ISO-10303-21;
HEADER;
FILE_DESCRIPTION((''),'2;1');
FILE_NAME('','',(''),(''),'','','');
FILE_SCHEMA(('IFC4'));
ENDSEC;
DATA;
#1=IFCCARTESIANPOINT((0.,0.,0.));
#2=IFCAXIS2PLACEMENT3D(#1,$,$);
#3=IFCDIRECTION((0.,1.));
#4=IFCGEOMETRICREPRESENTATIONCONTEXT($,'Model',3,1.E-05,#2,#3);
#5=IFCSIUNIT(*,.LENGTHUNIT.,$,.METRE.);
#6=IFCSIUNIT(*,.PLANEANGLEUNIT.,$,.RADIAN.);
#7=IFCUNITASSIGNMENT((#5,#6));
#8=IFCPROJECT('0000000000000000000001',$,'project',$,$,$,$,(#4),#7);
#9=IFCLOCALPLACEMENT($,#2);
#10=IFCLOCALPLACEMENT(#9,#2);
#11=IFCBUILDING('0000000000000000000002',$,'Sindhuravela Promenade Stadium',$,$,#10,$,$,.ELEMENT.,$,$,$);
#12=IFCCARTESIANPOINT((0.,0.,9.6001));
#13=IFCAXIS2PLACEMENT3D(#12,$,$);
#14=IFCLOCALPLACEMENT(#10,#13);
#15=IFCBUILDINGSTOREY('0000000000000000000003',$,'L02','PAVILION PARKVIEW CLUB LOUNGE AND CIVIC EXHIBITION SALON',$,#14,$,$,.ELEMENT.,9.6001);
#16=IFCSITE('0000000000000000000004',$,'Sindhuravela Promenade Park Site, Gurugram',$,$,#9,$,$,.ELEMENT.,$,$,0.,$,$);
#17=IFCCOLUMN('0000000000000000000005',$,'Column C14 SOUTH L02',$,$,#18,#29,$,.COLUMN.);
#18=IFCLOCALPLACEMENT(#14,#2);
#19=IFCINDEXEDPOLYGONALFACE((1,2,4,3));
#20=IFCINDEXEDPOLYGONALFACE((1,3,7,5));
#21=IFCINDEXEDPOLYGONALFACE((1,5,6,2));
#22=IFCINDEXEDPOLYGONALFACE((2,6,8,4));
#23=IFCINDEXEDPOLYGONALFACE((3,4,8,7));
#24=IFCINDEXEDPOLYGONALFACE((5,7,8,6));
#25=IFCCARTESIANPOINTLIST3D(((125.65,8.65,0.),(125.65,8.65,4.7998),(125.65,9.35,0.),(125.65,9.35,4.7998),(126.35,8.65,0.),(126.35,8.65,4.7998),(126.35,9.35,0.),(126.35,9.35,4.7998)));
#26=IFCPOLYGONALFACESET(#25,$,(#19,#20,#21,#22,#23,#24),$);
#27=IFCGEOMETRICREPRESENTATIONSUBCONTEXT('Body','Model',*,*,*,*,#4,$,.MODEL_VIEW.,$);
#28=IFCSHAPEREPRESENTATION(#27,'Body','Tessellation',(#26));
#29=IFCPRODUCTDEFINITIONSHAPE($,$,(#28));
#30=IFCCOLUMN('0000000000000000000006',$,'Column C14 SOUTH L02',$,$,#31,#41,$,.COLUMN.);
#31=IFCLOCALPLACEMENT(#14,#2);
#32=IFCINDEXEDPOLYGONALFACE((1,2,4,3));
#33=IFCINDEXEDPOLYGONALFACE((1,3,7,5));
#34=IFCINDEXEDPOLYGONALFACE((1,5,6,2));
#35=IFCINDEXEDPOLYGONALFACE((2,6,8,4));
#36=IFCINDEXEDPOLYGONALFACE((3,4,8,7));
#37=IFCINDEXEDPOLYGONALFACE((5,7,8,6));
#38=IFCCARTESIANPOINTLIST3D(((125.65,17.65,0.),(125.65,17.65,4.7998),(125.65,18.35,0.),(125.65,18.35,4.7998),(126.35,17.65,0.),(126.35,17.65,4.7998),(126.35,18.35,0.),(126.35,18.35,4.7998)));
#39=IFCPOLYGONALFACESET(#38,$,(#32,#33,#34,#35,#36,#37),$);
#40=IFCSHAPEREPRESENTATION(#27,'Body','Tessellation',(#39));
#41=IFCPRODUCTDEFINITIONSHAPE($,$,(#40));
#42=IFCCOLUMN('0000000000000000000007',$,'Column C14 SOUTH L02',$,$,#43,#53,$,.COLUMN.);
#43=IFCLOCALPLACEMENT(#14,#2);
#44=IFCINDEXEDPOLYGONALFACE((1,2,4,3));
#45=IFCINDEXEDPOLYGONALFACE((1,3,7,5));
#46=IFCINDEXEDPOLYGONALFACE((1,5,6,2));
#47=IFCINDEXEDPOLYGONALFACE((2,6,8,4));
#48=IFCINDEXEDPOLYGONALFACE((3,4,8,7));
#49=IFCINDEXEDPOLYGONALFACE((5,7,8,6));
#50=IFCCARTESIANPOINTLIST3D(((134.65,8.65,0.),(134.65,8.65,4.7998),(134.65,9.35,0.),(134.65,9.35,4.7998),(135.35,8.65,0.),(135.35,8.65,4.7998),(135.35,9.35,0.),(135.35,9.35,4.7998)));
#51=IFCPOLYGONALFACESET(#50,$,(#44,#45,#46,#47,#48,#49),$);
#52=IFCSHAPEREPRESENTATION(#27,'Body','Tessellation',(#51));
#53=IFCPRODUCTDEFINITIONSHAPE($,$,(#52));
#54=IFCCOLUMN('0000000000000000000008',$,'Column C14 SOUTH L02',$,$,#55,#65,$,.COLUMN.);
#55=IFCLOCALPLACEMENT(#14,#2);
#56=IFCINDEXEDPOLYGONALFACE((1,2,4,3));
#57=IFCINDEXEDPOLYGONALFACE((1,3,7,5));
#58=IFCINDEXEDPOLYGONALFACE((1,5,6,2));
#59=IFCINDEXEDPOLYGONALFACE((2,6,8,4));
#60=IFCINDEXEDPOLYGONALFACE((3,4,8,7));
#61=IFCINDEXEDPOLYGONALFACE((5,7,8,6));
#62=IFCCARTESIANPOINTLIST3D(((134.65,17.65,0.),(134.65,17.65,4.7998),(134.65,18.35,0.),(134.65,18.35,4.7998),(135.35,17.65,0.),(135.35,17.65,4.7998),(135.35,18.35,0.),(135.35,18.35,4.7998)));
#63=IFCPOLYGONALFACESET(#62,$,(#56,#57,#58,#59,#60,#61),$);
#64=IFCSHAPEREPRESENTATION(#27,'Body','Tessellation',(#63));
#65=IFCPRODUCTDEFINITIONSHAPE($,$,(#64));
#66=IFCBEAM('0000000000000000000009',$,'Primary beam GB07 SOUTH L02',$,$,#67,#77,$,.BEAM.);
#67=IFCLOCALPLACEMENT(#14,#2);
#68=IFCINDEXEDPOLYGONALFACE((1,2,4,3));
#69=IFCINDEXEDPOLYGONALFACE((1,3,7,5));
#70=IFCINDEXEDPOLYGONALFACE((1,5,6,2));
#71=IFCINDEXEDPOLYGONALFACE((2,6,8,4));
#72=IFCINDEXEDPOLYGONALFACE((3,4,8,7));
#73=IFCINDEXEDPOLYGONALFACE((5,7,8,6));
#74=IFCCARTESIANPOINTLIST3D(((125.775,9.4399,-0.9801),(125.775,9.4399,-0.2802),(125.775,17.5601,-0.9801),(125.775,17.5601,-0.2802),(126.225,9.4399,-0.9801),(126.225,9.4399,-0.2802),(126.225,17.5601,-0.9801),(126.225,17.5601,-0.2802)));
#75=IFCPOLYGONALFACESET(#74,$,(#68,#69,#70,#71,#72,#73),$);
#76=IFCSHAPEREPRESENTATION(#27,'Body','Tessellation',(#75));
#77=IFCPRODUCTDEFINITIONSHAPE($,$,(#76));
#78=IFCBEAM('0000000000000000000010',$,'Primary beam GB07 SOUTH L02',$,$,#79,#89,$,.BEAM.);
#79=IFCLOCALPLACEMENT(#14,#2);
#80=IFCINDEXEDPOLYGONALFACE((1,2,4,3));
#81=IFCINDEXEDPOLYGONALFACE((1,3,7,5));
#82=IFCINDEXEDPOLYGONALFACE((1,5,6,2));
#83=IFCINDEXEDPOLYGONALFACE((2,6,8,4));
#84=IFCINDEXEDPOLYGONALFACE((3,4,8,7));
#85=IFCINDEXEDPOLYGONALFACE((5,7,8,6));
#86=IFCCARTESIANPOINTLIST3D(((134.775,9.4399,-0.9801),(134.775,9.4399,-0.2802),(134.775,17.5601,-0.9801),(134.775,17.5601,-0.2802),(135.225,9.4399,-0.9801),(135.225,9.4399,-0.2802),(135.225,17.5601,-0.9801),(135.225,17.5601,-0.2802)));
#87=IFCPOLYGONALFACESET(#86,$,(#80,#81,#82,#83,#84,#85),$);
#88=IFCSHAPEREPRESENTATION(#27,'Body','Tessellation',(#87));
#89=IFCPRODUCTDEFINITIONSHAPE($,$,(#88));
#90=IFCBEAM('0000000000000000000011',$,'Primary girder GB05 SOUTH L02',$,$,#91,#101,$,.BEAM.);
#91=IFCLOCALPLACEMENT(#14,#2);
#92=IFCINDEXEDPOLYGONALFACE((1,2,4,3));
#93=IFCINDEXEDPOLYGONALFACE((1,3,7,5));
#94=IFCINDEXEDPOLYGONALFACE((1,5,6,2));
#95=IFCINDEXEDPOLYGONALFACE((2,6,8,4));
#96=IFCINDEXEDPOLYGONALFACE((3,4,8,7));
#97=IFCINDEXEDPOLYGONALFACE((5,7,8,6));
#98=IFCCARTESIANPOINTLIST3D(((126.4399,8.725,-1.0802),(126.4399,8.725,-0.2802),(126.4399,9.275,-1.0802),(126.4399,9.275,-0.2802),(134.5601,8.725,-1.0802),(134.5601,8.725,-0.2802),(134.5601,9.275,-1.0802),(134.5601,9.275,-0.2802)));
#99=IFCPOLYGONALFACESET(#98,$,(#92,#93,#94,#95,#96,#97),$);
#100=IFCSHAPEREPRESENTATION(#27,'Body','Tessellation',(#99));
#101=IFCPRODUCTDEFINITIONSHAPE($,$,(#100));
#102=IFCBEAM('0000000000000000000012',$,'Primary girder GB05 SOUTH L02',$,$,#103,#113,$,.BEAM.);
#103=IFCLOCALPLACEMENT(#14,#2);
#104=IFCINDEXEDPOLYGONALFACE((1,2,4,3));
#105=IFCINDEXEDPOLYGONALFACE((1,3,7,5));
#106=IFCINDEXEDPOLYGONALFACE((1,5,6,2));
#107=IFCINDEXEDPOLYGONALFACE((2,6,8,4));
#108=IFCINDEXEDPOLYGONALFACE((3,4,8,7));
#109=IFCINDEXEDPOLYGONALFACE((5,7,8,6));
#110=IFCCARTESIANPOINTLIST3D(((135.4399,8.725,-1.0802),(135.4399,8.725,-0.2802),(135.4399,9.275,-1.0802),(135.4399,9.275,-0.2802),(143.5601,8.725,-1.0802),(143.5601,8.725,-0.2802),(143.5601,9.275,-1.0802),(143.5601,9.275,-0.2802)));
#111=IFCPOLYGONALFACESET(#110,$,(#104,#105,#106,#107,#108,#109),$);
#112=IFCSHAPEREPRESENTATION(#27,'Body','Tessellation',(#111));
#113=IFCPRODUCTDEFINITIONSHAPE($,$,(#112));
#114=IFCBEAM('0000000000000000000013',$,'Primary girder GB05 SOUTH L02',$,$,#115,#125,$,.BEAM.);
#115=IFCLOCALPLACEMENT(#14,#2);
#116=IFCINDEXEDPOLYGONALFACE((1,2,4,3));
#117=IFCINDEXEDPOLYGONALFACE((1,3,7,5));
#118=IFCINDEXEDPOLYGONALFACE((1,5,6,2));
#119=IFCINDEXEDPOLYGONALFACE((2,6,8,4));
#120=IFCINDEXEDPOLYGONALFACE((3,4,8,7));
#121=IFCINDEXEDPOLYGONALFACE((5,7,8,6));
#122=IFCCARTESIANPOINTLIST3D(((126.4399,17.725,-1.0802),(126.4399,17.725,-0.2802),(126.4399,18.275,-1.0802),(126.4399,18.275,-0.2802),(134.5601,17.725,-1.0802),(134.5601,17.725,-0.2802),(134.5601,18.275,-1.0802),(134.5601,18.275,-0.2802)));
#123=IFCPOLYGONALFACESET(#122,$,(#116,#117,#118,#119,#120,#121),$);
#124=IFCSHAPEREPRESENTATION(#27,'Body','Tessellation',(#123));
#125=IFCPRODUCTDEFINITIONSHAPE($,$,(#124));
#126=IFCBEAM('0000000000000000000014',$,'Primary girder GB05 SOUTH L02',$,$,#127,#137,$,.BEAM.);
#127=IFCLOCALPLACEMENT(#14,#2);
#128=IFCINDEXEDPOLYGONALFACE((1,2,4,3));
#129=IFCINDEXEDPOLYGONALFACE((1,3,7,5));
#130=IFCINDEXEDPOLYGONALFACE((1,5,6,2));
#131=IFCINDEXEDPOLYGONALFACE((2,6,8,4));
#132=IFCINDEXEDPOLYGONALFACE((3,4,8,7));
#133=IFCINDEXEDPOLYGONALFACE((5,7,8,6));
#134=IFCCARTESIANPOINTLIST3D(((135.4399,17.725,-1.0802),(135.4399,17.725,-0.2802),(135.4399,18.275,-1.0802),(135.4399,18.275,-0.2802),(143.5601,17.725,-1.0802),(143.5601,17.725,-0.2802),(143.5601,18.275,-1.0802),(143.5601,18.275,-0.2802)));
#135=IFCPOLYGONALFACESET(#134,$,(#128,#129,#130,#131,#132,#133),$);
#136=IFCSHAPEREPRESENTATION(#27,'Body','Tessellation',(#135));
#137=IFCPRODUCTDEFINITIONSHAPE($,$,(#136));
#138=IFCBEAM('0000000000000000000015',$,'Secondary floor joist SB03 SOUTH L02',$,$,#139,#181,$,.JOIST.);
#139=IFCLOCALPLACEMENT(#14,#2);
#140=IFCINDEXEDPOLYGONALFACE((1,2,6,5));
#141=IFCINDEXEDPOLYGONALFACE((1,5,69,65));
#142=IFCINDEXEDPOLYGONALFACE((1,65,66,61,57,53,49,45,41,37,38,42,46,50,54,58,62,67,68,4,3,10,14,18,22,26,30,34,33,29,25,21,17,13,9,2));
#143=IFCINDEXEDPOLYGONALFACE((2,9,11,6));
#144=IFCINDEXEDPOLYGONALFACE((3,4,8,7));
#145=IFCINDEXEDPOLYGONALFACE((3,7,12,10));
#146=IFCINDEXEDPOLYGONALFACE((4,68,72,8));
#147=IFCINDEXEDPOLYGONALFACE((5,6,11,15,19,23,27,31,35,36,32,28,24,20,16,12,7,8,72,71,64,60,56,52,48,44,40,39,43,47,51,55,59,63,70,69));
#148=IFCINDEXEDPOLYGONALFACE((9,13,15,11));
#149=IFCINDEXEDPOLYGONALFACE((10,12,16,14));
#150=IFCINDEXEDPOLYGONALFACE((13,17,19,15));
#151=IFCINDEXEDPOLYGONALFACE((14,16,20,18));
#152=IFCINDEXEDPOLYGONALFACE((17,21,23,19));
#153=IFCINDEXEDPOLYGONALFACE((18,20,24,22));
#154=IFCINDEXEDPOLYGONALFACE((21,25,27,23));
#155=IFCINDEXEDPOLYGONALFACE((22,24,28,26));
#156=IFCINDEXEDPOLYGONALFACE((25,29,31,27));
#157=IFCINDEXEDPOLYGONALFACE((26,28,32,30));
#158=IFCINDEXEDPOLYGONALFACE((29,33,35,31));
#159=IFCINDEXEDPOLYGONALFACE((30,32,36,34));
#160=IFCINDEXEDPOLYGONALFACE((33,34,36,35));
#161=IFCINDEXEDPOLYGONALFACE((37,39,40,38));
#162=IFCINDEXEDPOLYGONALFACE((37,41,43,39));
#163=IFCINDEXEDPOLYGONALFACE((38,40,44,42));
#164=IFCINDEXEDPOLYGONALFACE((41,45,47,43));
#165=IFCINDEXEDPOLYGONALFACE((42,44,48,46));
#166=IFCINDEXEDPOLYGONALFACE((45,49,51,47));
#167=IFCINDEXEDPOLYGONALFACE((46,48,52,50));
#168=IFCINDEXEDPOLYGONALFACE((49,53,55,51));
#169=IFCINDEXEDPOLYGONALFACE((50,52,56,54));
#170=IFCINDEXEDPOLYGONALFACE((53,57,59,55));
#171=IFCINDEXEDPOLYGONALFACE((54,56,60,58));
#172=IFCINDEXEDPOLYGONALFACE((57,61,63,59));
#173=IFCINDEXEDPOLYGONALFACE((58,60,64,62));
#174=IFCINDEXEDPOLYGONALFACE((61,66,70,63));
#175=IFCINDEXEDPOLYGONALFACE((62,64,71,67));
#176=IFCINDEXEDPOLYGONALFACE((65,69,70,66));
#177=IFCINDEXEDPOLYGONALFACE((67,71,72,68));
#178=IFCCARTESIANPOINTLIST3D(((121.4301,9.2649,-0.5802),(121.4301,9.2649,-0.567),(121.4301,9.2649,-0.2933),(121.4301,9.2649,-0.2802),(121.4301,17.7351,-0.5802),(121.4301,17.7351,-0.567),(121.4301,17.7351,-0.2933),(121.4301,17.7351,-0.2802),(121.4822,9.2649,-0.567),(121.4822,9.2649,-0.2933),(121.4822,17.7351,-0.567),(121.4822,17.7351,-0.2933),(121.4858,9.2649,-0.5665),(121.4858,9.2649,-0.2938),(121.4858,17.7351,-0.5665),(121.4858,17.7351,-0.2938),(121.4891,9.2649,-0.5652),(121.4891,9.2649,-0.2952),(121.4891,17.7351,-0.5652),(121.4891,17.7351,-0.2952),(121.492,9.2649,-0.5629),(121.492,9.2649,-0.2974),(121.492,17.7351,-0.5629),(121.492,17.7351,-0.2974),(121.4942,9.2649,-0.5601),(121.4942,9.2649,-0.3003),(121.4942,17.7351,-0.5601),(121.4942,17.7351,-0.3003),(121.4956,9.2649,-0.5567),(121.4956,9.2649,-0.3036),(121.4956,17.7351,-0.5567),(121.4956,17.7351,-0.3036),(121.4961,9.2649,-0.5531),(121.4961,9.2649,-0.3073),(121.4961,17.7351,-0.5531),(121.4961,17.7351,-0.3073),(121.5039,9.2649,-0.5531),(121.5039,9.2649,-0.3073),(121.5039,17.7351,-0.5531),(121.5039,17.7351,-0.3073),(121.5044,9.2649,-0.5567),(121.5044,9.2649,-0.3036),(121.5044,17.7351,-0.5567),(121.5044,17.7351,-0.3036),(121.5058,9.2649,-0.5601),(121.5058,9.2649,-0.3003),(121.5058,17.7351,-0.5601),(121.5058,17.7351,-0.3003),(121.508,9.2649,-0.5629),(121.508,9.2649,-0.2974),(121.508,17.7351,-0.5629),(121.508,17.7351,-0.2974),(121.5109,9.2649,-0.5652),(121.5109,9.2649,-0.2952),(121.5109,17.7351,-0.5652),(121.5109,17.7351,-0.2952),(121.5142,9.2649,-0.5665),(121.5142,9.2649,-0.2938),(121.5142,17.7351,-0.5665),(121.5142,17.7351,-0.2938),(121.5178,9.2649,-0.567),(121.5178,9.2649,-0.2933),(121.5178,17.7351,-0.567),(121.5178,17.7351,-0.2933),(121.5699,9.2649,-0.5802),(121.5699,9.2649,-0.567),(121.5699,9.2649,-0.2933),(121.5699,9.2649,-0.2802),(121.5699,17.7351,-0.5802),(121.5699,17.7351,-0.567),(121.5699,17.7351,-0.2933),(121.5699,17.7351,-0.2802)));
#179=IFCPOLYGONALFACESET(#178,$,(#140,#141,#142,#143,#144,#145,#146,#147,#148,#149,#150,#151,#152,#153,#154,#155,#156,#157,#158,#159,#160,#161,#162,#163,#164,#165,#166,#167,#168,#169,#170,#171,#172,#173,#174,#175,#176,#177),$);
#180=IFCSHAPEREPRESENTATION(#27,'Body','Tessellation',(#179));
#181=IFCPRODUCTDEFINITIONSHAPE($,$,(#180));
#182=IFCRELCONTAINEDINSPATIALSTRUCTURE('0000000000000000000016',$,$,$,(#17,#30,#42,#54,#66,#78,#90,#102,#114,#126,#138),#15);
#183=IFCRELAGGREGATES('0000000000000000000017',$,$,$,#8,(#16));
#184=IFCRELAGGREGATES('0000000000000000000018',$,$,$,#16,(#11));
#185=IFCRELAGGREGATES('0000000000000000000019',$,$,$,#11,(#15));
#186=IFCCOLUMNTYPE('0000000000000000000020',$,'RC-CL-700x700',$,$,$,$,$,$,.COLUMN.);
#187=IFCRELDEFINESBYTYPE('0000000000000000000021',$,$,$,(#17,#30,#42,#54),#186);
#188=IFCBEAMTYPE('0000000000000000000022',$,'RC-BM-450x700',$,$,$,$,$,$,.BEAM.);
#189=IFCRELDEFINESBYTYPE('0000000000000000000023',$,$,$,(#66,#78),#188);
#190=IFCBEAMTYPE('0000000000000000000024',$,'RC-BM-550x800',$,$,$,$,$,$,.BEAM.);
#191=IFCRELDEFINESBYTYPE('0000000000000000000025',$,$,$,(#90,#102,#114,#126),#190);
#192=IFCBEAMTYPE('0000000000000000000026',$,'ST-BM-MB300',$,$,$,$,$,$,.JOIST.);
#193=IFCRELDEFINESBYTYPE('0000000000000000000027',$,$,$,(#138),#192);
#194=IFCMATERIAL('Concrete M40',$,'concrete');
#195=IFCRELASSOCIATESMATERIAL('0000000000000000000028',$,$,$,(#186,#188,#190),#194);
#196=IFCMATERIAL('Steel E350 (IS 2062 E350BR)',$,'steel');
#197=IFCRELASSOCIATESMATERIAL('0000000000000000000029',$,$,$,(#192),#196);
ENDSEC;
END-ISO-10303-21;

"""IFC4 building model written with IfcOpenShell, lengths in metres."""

from ifc_helpers import new_model, si_unit, direction, frame, origin, origin_2d, place, context, subcontext, project, spatial, rectangle, i_section, extrude, material, material_profile, profile_set, type_object, element, save


model = new_model("IFC4")

# Units and contexts
model_context = context("Model", 3, precision=1e-05, world=origin(), true_north=direction((0.0, 1.0)))
body_context = subcontext(model_context, "Body", "Model", "MODEL_VIEW")
ifc_project = project(units=[si_unit("LENGTHUNIT", "METRE"), si_unit("PLANEANGLEUNIT", "RADIAN")], contexts=[model_context])

# Site, building, storey
site_placement = place(None, origin())
site = spatial("IfcSite", under=ifc_project, at=site_placement, Name="Sindhuravela Promenade Park Site, Gurugram", CompositionType="ELEMENT", RefElevation=0.0)
building_placement = place(site_placement, origin())
building = spatial("IfcBuilding", under=site, at=building_placement, Name="Sindhuravela Promenade Stadium", CompositionType="ELEMENT")
storey_placement = place(building_placement, frame((0.0, 0.0, 9.6001)))
storey = spatial("IfcBuildingStorey", under=building, at=storey_placement, Name="L02", Description="PAVILION PARKVIEW CLUB LOUNGE AND CIVIC EXHIBITION SALON", CompositionType="ELEMENT", Elevation=9.6001)

# Columns
ifc_material_1 = material(Name="Concrete M40", Category="concrete")
ifc_material_profile_1 = material_profile(ifc_material_1, rectangle(XDim=0.7, YDim=0.7, at=origin_2d()), Name="RC 700x700")
ifc_profile_set_1 = profile_set([ifc_material_profile_1], Name="Concrete M40")
column_type = type_object("IfcColumnType", Name="RC-CL-700x700", PredefinedType="COLUMN", material=ifc_profile_set_1)
for number, where, z_axis, x_axis, name in (
    (1, (126.0, 9.0, 0.0), (0.0, 0.0, 1.0), (1.0, 0.0, 0.0), "Column C14 SOUTH L02"),
    (2, (126.0, 18.0, 0.0), (0.0, 0.0, 1.0), (1.0, 0.0, 0.0), "Column C14 SOUTH L02"),
    (3, (135.0, 9.0, 0.0), (0.0, 0.0, 1.0), (1.0, 0.0, 0.0), "Column C14 SOUTH L02"),
    (4, (135.0, 18.0, 0.0), (0.0, 0.0, 1.0), (1.0, 0.0, 0.0), "Column C14 SOUTH L02"),
):
    element("IfcColumn", number, at=place(storey_placement, frame(where, z_axis=z_axis, x_axis=x_axis)), inside=storey, type_object=column_type, Name=name, PredefinedType="COLUMN", context=body_context, shape_type="SweptSolid", body=[
        extrude(rectangle(XDim=0.7, YDim=0.7, at=origin_2d()), origin(), (0.0, 0.0, 1.0), 4.7998),
    ])

# Beams
ifc_material_profile_2 = material_profile(ifc_material_1, rectangle(XDim=0.45, YDim=0.7, at=origin_2d()), Name="RC 450x700")
ifc_profile_set_2 = profile_set([ifc_material_profile_2], Name="Concrete M40")
beam_type_1 = type_object("IfcBeamType", Name="RC-BM-450x700", PredefinedType="BEAM", material=ifc_profile_set_2)
for number, where, z_axis, x_axis, name in (
    (5, (126.0, 9.4399, -0.6301), (0.0, 1.0, 0.0), (-1.0, 0.0, 0.0), "Primary beam GB07 SOUTH L02"),
    (6, (135.0, 9.4399, -0.6301), (0.0, 1.0, 0.0), (-1.0, 0.0, 0.0), "Primary beam GB07 SOUTH L02"),
):
    element("IfcBeam", number, at=place(storey_placement, frame(where, z_axis=z_axis, x_axis=x_axis)), inside=storey, type_object=beam_type_1, Name=name, PredefinedType="BEAM", context=body_context, shape_type="SweptSolid", body=[
        extrude(rectangle(XDim=0.45, YDim=0.7, at=origin_2d()), origin(), (0.0, 0.0, 1.0), 8.1201),
    ])
ifc_material_profile_3 = material_profile(ifc_material_1, rectangle(XDim=0.55, YDim=0.8, at=origin_2d()), Name="RC 550x800")
ifc_profile_set_3 = profile_set([ifc_material_profile_3], Name="Concrete M40")
beam_type_2 = type_object("IfcBeamType", Name="RC-BM-550x800", PredefinedType="BEAM", material=ifc_profile_set_3)
for number, where, z_axis, x_axis, name in (
    (7, (126.4399, 9.0, -0.6802), (1.0, 0.0, 0.0), (0.0, 1.0, 0.0), "Primary girder GB05 SOUTH L02"),
    (8, (135.4399, 9.0, -0.6802), (1.0, 0.0, 0.0), (0.0, 1.0, 0.0), "Primary girder GB05 SOUTH L02"),
    (9, (126.4399, 18.0, -0.6802), (1.0, 0.0, 0.0), (0.0, 1.0, 0.0), "Primary girder GB05 SOUTH L02"),
    (10, (135.4399, 18.0, -0.6802), (1.0, 0.0, 0.0), (0.0, 1.0, 0.0), "Primary girder GB05 SOUTH L02"),
):
    element("IfcBeam", number, at=place(storey_placement, frame(where, z_axis=z_axis, x_axis=x_axis)), inside=storey, type_object=beam_type_2, Name=name, PredefinedType="BEAM", context=body_context, shape_type="SweptSolid", body=[
        extrude(rectangle(XDim=0.55, YDim=0.8, at=origin_2d()), origin(), (0.0, 0.0, 1.0), 8.1201),
    ])
ifc_material_2 = material(Name="Steel E350 (IS 2062 E350BR)", Category="steel")
ifc_material_profile_4 = material_profile(ifc_material_2, i_section(OverallWidth=0.1399, OverallDepth=0.3, WebThickness=0.0078, FlangeThickness=0.0132, FilletRadius=0.0139, at=origin_2d()), Name="ISMB 300")
ifc_profile_set_4 = profile_set([ifc_material_profile_4], Name="Steel E350 (IS 2062 E350BR)")
beam_type_3 = type_object("IfcBeamType", Name="ST-BM-MB300", PredefinedType="JOIST", material=ifc_profile_set_4)
beam_1_placement = place(storey_placement, frame((121.5, 9.2649, -0.4302), z_axis=(0.0, 1.0, 0.0), x_axis=(-1.0, 0.0, 0.0)))
element("IfcBeam", 11, at=beam_1_placement, inside=storey, type_object=beam_type_3, Name="Secondary floor joist SB03 SOUTH L02", PredefinedType="JOIST", context=body_context, shape_type="SweptSolid", body=[
    extrude(i_section(OverallWidth=0.1399, OverallDepth=0.3, WebThickness=0.0078, FlangeThickness=0.0132, FilletRadius=0.0139, at=origin_2d()), origin(), (0.0, 0.0, 1.0), 8.4702),
])

save(model, "model.ifc")
